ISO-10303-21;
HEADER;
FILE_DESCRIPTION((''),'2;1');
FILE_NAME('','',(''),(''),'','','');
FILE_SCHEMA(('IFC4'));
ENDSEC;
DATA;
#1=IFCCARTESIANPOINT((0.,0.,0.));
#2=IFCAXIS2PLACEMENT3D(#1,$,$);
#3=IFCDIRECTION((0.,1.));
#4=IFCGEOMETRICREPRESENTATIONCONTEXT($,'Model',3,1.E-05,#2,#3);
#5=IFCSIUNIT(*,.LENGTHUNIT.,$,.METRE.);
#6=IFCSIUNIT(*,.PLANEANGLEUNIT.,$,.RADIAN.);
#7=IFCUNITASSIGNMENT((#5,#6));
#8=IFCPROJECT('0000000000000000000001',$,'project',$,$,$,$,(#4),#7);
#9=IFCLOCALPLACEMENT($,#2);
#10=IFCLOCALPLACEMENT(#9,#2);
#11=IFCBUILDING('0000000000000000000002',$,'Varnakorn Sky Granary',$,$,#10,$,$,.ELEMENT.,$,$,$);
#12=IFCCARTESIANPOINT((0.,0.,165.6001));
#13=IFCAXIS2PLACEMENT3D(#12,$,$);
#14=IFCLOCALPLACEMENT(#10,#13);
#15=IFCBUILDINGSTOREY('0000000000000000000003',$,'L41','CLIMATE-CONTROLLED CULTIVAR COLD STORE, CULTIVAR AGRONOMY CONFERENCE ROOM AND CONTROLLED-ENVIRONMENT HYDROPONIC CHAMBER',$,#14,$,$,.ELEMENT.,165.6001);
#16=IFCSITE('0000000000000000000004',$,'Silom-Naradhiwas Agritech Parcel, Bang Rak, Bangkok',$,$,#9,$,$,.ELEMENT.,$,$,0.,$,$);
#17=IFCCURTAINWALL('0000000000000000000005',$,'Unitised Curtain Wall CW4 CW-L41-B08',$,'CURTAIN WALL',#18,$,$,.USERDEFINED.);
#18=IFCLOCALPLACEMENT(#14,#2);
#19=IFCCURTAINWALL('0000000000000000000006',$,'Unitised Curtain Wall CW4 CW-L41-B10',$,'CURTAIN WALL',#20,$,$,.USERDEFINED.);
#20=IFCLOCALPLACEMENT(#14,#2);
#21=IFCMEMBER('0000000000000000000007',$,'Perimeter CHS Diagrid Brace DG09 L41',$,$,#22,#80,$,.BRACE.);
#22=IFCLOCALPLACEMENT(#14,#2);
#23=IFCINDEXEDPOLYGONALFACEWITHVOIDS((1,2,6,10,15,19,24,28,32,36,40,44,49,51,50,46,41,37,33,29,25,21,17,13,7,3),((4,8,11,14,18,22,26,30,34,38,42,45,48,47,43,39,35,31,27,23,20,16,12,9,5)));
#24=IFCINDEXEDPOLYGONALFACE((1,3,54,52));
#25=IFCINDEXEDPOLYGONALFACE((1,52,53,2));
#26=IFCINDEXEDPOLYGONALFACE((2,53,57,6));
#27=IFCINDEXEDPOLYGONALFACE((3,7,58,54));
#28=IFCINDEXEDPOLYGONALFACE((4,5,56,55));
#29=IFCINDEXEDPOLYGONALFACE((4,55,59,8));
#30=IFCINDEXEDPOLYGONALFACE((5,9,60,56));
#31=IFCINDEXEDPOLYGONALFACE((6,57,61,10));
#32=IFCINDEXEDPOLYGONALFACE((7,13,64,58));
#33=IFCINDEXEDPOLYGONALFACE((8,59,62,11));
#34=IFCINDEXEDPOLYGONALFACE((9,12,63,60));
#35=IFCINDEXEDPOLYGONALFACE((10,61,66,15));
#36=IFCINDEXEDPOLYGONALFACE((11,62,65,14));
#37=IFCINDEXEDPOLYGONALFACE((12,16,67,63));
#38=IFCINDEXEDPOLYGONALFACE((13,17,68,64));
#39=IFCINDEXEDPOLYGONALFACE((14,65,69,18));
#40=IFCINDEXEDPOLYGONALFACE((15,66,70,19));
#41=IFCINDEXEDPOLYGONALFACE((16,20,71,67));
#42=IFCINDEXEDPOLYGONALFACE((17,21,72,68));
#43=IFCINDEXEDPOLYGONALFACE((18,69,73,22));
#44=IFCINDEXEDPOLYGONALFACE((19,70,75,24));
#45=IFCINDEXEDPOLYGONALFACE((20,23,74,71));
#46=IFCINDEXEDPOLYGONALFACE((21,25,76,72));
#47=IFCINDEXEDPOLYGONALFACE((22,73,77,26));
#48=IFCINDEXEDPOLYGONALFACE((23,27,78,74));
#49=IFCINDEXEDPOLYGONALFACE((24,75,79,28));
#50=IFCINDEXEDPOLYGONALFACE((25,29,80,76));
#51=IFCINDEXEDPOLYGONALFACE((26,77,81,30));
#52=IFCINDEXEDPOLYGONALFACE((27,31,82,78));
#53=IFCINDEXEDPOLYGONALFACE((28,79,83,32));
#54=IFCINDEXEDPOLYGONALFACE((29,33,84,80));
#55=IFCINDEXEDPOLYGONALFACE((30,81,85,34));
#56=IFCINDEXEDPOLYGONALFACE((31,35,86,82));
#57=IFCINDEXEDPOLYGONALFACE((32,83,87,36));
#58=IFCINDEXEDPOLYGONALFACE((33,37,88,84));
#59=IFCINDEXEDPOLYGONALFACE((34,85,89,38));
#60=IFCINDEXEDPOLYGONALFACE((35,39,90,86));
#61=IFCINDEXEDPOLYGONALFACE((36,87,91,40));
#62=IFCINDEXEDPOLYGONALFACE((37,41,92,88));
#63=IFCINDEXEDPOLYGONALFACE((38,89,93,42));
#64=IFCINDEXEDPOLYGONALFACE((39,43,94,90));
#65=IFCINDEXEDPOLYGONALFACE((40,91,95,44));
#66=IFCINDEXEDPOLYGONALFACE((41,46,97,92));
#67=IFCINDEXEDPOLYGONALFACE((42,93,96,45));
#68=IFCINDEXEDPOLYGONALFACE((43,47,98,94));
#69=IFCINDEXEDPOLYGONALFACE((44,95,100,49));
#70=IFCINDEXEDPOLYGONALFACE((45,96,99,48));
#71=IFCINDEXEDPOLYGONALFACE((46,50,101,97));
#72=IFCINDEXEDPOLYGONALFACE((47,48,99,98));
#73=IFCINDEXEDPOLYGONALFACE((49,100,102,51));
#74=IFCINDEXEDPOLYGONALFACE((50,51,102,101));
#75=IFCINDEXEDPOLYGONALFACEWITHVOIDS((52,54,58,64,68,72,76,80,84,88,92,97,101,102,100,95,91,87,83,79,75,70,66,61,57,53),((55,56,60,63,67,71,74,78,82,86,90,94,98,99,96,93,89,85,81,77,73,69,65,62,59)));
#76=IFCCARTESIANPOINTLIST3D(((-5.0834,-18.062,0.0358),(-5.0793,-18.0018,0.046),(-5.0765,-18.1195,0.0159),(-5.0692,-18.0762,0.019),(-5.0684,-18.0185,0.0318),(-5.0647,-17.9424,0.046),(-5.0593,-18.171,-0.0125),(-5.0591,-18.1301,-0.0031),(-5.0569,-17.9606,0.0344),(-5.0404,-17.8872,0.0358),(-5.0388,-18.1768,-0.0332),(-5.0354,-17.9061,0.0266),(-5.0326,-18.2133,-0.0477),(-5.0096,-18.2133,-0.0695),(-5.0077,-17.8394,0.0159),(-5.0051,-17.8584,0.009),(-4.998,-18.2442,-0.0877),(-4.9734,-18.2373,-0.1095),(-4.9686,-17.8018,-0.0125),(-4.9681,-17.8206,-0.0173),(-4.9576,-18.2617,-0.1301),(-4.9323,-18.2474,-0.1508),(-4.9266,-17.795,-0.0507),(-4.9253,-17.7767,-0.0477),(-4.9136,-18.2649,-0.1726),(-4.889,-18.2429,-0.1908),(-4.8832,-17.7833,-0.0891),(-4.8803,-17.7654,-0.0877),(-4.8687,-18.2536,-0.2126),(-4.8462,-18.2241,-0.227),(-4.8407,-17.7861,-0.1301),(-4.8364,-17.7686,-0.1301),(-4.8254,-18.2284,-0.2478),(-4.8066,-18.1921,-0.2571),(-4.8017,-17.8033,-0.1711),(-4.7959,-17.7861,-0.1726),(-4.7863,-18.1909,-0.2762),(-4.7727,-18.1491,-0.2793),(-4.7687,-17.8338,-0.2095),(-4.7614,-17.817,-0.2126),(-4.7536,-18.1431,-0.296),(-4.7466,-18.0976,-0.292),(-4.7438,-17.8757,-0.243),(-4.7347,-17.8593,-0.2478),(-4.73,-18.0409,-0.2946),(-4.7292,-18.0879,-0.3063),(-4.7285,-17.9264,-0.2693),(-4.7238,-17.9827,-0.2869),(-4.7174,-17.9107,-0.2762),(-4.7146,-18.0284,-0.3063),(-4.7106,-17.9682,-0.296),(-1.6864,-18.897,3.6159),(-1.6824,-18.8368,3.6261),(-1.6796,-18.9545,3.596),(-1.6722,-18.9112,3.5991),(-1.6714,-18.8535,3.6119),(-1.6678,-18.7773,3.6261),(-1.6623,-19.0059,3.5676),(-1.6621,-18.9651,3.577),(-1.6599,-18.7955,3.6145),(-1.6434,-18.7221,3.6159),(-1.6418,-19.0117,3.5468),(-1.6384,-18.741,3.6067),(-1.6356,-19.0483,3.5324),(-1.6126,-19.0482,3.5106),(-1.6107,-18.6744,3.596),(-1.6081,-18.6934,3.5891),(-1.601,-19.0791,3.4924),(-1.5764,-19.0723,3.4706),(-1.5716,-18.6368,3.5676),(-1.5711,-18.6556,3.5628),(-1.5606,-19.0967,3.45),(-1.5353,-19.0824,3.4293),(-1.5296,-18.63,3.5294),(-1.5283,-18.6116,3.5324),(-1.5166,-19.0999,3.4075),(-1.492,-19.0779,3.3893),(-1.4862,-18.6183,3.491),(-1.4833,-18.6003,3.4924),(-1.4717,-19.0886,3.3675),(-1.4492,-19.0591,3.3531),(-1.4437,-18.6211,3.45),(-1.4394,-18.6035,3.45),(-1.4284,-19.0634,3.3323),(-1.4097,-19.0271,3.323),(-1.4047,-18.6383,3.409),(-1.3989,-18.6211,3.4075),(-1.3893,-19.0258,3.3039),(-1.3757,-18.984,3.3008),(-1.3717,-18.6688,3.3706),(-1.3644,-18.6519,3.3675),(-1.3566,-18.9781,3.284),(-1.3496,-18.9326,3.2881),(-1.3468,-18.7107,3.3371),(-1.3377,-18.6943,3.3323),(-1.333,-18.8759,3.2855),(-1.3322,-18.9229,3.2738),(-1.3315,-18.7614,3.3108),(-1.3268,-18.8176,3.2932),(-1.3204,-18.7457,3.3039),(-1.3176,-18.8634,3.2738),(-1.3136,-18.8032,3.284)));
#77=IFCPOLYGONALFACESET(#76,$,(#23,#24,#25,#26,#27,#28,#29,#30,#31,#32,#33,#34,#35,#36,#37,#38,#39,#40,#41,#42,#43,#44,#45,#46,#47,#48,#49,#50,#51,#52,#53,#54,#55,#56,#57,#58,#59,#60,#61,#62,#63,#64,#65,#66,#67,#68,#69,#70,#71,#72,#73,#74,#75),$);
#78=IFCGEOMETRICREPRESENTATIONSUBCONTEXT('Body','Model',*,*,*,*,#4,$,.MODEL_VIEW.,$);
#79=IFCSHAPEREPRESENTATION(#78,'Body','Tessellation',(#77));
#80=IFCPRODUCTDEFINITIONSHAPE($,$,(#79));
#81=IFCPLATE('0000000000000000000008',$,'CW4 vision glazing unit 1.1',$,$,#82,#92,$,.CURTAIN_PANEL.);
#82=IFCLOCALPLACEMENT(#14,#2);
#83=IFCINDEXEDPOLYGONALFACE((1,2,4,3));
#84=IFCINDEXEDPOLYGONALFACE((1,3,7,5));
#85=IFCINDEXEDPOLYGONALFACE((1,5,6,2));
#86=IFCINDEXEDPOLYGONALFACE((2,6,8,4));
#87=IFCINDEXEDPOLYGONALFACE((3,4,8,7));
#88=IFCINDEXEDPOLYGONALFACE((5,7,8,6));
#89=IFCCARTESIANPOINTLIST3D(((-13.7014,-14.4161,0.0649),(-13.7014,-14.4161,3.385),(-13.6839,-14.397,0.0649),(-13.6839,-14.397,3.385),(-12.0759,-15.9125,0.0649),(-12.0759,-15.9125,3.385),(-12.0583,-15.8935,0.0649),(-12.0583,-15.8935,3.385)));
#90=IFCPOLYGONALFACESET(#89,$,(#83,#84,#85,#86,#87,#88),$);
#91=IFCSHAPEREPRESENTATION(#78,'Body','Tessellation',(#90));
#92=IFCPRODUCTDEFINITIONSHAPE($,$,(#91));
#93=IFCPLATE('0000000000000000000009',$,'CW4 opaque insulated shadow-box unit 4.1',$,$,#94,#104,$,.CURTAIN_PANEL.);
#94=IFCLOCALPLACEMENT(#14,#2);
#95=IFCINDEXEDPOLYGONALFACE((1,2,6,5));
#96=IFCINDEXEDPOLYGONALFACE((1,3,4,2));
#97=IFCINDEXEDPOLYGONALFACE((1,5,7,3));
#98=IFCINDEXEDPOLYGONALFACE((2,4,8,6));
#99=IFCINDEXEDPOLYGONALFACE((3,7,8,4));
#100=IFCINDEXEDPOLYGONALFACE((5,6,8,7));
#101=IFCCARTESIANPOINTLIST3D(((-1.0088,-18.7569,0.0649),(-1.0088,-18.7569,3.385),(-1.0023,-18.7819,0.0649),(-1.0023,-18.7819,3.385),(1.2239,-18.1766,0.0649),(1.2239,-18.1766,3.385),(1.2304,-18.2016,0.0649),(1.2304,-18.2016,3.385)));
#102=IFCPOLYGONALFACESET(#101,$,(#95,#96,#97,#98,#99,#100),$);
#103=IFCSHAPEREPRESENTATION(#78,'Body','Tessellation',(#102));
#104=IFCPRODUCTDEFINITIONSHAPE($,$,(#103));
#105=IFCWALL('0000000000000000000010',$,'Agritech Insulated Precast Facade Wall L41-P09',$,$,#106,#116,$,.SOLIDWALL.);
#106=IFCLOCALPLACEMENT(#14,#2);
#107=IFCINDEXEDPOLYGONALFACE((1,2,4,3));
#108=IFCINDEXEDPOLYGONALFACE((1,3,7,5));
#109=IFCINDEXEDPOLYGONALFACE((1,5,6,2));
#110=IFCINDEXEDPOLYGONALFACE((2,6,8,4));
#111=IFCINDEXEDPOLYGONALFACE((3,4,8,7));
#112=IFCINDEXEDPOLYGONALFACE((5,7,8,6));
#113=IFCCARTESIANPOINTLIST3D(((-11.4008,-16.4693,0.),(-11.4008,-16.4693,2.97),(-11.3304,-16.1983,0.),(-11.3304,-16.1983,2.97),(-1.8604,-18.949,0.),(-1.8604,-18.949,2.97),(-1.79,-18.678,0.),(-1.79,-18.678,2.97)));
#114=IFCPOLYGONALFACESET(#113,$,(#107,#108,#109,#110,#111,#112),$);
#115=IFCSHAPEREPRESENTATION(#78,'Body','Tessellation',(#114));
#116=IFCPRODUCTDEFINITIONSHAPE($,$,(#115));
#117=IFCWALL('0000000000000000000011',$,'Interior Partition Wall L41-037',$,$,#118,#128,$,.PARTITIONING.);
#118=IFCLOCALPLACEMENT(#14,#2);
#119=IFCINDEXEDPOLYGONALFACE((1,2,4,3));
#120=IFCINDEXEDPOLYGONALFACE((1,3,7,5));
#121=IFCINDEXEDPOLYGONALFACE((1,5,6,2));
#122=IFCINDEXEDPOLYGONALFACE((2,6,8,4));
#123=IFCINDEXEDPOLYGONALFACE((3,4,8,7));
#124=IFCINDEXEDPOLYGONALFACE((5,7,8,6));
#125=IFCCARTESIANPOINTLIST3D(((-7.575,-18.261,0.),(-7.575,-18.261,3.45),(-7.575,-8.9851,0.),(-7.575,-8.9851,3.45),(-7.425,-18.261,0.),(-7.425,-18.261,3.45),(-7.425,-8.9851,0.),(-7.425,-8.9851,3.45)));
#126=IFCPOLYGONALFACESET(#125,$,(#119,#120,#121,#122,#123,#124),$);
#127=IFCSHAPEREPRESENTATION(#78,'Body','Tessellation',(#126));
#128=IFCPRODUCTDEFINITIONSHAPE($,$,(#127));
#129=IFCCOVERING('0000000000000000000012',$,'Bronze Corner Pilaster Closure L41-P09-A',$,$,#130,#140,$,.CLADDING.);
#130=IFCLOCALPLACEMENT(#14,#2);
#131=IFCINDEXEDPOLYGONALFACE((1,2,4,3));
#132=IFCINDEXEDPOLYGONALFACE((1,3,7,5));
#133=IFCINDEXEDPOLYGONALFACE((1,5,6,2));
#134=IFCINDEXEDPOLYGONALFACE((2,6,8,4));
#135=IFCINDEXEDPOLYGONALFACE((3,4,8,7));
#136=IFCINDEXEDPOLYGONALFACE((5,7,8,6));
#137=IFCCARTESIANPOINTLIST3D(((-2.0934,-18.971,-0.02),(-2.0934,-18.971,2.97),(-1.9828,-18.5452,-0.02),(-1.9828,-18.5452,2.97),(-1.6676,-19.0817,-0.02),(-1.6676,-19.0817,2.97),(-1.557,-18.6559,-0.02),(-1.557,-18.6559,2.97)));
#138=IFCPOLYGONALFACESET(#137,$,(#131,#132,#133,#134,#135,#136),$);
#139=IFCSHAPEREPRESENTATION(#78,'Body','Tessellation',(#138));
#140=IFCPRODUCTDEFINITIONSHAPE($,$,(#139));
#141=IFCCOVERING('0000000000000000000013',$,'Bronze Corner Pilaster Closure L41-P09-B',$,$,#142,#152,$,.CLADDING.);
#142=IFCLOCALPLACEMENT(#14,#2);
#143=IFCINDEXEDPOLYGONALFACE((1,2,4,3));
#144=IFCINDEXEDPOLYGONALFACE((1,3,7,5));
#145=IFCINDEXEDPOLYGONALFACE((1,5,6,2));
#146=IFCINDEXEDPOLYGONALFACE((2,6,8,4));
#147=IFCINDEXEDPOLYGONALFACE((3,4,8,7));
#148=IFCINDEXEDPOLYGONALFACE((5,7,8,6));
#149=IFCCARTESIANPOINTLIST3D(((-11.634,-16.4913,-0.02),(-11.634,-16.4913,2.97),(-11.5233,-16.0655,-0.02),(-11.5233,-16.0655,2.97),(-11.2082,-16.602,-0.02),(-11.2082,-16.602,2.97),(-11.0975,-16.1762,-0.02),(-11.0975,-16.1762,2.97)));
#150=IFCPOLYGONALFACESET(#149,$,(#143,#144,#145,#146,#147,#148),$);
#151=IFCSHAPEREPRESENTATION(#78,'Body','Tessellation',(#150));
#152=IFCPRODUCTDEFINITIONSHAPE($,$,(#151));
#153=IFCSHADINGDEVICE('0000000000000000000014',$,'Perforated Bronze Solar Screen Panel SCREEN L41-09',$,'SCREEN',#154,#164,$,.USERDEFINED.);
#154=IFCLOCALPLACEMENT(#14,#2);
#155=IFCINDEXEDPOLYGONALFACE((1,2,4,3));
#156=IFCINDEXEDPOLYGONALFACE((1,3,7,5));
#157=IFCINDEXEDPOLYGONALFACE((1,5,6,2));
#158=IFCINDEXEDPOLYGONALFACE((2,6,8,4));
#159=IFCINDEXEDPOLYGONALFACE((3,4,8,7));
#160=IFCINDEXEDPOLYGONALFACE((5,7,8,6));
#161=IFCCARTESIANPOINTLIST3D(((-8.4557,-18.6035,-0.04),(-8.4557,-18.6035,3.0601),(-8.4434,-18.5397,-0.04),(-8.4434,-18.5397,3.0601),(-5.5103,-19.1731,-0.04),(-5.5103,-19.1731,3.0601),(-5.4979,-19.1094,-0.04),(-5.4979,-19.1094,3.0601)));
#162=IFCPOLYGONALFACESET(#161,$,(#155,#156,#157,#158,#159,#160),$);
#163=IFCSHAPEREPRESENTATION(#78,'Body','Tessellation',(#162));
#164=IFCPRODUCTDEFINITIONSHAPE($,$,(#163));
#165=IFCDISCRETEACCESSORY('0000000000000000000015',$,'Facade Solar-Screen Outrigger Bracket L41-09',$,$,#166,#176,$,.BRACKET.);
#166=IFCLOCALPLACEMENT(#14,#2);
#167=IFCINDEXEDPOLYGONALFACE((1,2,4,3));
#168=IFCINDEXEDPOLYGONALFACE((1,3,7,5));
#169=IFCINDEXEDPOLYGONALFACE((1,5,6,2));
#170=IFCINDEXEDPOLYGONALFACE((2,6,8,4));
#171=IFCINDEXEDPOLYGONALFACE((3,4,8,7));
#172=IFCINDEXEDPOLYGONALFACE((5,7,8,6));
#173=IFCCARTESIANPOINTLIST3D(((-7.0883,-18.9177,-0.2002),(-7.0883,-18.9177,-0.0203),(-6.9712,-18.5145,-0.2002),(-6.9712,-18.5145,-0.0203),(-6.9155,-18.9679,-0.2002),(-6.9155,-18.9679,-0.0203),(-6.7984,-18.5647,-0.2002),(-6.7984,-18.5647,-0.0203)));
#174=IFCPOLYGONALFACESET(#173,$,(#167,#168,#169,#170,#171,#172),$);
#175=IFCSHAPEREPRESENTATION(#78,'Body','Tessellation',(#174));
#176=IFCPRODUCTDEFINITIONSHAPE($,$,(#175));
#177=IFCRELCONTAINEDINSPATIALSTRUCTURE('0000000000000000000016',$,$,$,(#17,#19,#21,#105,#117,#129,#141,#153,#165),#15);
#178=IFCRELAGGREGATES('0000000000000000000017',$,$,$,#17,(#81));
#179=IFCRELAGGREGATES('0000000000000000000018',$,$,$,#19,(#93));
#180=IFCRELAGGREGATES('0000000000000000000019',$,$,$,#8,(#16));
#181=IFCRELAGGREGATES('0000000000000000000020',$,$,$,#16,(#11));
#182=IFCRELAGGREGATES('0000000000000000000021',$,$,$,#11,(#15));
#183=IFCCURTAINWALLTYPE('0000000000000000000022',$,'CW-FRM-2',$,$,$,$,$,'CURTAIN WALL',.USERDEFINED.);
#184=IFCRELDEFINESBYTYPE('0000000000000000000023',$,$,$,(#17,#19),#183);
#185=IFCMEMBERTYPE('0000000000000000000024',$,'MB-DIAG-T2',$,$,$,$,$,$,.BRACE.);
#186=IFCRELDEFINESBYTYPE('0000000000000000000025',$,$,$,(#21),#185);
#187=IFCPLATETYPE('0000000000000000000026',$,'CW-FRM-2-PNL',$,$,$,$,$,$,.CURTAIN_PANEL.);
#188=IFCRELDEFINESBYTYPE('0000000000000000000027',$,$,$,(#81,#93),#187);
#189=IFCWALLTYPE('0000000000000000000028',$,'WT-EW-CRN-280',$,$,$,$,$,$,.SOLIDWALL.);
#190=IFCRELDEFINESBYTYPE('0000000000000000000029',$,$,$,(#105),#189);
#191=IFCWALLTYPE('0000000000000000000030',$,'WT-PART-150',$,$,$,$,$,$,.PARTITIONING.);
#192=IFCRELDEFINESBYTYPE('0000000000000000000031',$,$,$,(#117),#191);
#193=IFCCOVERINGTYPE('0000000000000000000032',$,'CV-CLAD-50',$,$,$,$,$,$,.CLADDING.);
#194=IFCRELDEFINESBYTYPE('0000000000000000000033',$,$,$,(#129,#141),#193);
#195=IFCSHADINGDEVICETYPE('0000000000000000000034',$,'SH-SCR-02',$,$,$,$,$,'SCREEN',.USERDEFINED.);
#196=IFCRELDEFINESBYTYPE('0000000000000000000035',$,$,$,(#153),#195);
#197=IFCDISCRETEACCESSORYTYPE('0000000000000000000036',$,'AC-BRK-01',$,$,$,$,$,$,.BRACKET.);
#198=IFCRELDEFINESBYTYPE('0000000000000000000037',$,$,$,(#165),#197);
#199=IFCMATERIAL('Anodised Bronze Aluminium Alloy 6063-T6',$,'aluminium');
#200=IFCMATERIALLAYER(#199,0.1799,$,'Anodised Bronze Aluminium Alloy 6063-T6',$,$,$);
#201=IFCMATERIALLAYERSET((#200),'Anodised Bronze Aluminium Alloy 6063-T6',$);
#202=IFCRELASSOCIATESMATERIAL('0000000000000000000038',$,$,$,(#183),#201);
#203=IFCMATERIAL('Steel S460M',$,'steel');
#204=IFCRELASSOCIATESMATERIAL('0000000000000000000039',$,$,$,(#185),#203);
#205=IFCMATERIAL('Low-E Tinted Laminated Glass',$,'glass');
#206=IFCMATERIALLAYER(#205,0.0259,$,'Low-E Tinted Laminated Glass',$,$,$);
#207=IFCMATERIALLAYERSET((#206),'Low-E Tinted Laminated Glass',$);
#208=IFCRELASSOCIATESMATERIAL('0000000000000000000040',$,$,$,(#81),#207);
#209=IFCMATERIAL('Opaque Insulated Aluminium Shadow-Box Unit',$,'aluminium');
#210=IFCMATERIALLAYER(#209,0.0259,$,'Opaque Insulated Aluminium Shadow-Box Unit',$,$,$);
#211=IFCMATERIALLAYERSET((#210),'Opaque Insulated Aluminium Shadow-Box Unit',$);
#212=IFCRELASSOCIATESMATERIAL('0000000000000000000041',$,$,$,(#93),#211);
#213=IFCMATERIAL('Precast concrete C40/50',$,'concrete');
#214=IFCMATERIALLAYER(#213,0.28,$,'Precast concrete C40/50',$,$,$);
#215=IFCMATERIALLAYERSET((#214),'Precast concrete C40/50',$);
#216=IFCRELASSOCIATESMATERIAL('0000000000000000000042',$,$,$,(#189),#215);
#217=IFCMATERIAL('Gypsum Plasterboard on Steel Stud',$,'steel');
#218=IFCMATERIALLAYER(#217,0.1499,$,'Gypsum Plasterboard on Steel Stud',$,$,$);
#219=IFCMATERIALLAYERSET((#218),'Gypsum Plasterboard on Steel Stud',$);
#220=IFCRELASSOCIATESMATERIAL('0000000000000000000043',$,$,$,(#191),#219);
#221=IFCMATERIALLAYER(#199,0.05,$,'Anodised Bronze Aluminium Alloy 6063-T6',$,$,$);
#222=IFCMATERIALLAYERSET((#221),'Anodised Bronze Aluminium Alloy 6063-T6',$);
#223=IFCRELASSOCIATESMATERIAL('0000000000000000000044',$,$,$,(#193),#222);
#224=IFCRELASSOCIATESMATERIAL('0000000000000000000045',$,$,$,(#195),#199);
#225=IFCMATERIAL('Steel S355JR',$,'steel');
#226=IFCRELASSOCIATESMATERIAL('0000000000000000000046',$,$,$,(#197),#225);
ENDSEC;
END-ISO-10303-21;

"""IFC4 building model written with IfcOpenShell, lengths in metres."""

from ifc_helpers import new_model, si_unit, direction, frame, frame_2d, origin, origin_2d, place, context, subcontext, project, spatial, rectangle, hollow_circle, extrude, source, transform, mapped, material, layer, layer_set, material_profile, profile_set, type_object, type_shapes, element, aggregate, save


model = new_model("IFC4")

# Units and contexts
model_context = context("Model", 3, precision=1e-05, world=origin(), true_north=direction((0.0, 1.0)))
body_context = subcontext(model_context, "Body", "Model", "MODEL_VIEW")
ifc_project = project(units=[si_unit("LENGTHUNIT", "METRE"), si_unit("PLANEANGLEUNIT", "RADIAN")], contexts=[model_context])

# Site, building, storey
site_placement = place(None, origin())
site = spatial("IfcSite", under=ifc_project, at=site_placement, Name="Silom-Naradhiwas Agritech Parcel, Bang Rak, Bangkok", CompositionType="ELEMENT", RefElevation=0.0)
building_placement = place(site_placement, origin())
building = spatial("IfcBuilding", under=site, at=building_placement, Name="Varnakorn Sky Granary", CompositionType="ELEMENT")
storey_placement = place(building_placement, frame((0.0, 0.0, 165.6001)))
storey = spatial("IfcBuildingStorey", under=building, at=storey_placement, Name="L41", Description="CLIMATE-CONTROLLED CULTIVAR COLD STORE, CULTIVAR AGRONOMY CONFERENCE ROOM AND CONTROLLED-ENVIRONMENT HYDROPONIC CHAMBER", CompositionType="ELEMENT", Elevation=165.6001)

# Shared definitions
ifc_material_1 = material(Name="Steel S460M", Category="steel")

# Shared definitions
ifc_material_2 = material(Name="Steel S355JR", Category="steel")

# Curtain wall
ifc_material_3 = material(Name="Anodised Bronze Aluminium Alloy 6063-T6", Category="aluminium")
ifc_layer_1 = layer(ifc_material_3, 0.1799, Name="Anodised Bronze Aluminium Alloy 6063-T6")
ifc_layer_set_1 = layer_set([ifc_layer_1], Name="Anodised Bronze Aluminium Alloy 6063-T6")
curtain_wall_type = type_object("IfcCurtainWallType", Name="CW-FRM-2", ElementType="CURTAIN WALL", PredefinedType="USERDEFINED", material=ifc_layer_set_1)
curtain_wall_1_placement = place(storey_placement, origin())
curtain_wall_1 = element("IfcCurtainWall", 1, at=curtain_wall_1_placement, inside=storey, type_object=curtain_wall_type, Name="Unitised Curtain Wall CW4 CW-L41-B08", ObjectType="CURTAIN WALL", PredefinedType="USERDEFINED")

# Curtain wall
curtain_wall_2_placement = place(storey_placement, origin())
curtain_wall_2 = element("IfcCurtainWall", 2, at=curtain_wall_2_placement, inside=storey, type_object=curtain_wall_type, Name="Unitised Curtain Wall CW4 CW-L41-B10", ObjectType="CURTAIN WALL", PredefinedType="USERDEFINED")

# Member
ifc_material_profile_1 = material_profile(ifc_material_1, hollow_circle(Radius=0.2539, WallThickness=0.0181, at=origin_2d()), Name="CHS 508x18")
ifc_profile_set_1 = profile_set([ifc_material_profile_1], Name="Steel S460M")
member_type_1 = type_object("IfcMemberType", Name="MB-DIAG-T2", PredefinedType="BRACE", material=ifc_profile_set_1)
member_1_placement = place(storey_placement, frame((-4.897, -18.0151, -0.1301), z_axis=(0.678668, -0.166814, 0.71525), x_axis=(0.238691, 0.971096, 0.0)))
element("IfcMember", 3, at=member_1_placement, inside=storey, type_object=member_type_1, Name="Perimeter CHS Diagrid Brace DG09 L41", PredefinedType="BRACE", context=body_context, shape_type="SweptSolid", body=[
    extrude(hollow_circle(Radius=0.2539, WallThickness=0.0181, at=origin_2d()), origin(), (0.0, 0.0, 1.0), 5.0054),
])

# Plates
ifc_material_4 = material(Name="Low-E Tinted Laminated Glass", Category="glass")
ifc_layer_2 = layer(ifc_material_4, 0.0259, Name="Low-E Tinted Laminated Glass")
ifc_layer_set_2 = layer_set([ifc_layer_2], Name="Low-E Tinted Laminated Glass")
plate_type = type_object("IfcPlateType", Name="CW-FRM-2-PNL", PredefinedType="CURTAIN_PANEL")
shared_shape_1 = source(origin(), body_context, "Body", "SweptSolid", [
    extrude(rectangle(XDim=2.2095, YDim=0.0259, at=origin_2d()), origin(), (0.0, 0.0, 1.0), 3.3201),
])
plate_1_placement = place(storey_placement, frame((-12.8799, -15.1548, 0.0649), z_axis=(0.0, 0.0, 1.0), x_axis=(-0.735721, 0.677285, 0.0)))
plate_1 = element("IfcPlate", 4, at=plate_1_placement, type_object=plate_type, material=ifc_layer_set_2, Name="CW4 vision glazing unit 1.1", PredefinedType="CURTAIN_PANEL", context=body_context, shape_type="MappedRepresentation", body=[
    mapped(shared_shape_1, transform((0.0, 0.0, 0.0), x_axis=(1.0, 0.0, 0.0), y_axis=(0.0, 1.0, 0.0), z_axis=(0.0, 0.0, 1.0), scale=1.0)),
])
aggregate(curtain_wall_1, [plate_1])
ifc_material_5 = material(Name="Opaque Insulated Aluminium Shadow-Box Unit", Category="aluminium")
ifc_layer_3 = layer(ifc_material_5, 0.0259, Name="Opaque Insulated Aluminium Shadow-Box Unit")
ifc_layer_set_3 = layer_set([ifc_layer_3], Name="Opaque Insulated Aluminium Shadow-Box Unit")
shared_shape_2 = source(origin(), body_context, "Body", "SweptSolid", [
    extrude(rectangle(XDim=2.3069, YDim=0.0259, at=origin_2d()), origin(), (0.0, 0.0, 1.0), 3.3201),
])
type_shapes(plate_type, [shared_shape_1, shared_shape_2])
plate_2_placement = place(storey_placement, frame((0.1108, -18.4792, 0.0649), z_axis=(0.0, 0.0, 1.0), x_axis=(-0.967841, -0.251564, 0.0)))
plate_2 = element("IfcPlate", 5, at=plate_2_placement, type_object=plate_type, material=ifc_layer_set_3, Name="CW4 opaque insulated shadow-box unit 4.1", PredefinedType="CURTAIN_PANEL", context=body_context, shape_type="MappedRepresentation", body=[
    mapped(shared_shape_2, transform((0.0, 0.0, 0.0), x_axis=(1.0, 0.0, 0.0), y_axis=(0.0, 1.0, 0.0), z_axis=(0.0, 0.0, 1.0), scale=1.0)),
])
aggregate(curtain_wall_2, [plate_2])

# Walls
ifc_material_6 = material(Name="Precast concrete C40/50", Category="concrete")
ifc_layer_4 = layer(ifc_material_6, 0.28, Name="Precast concrete C40/50")
ifc_layer_set_4 = layer_set([ifc_layer_4], Name="Precast concrete C40/50")
wall_type_1 = type_object("IfcWallType", Name="WT-EW-CRN-280", PredefinedType="SOLIDWALL", material=ifc_layer_set_4)
wall_1_placement = place(storey_placement, frame((-1.8252, -18.8135, 0.0), z_axis=(0.0, 0.0, 1.0), x_axis=(-0.967842, 0.251558, 0.0)))
element("IfcWall", 6, at=wall_1_placement, inside=storey, type_object=wall_type_1, Name="Agritech Insulated Precast Facade Wall L41-P09", PredefinedType="SOLIDWALL", context=body_context, shape_type="SweptSolid", body=[
    extrude(rectangle(XDim=9.8574, YDim=0.28, at=frame_2d((4.9287, 0.0))), origin(), (0.0, 0.0, 1.0), 2.97),
])
ifc_material_7 = material(Name="Gypsum Plasterboard on Steel Stud", Category="steel")
ifc_layer_5 = layer(ifc_material_7, 0.1499, Name="Gypsum Plasterboard on Steel Stud")
ifc_layer_set_5 = layer_set([ifc_layer_5], Name="Gypsum Plasterboard on Steel Stud")
wall_type_2 = type_object("IfcWallType", Name="WT-PART-150", PredefinedType="PARTITIONING", material=ifc_layer_set_5)
wall_2_placement = place(storey_placement, frame((-7.5, -8.9851, 0.0), z_axis=(0.0, 0.0, 1.0), x_axis=(0.0, -1.0, 0.0)))
element("IfcWall", 7, at=wall_2_placement, inside=storey, type_object=wall_type_2, Name="Interior Partition Wall L41-037", PredefinedType="PARTITIONING", context=body_context, shape_type="SweptSolid", body=[
    extrude(rectangle(XDim=9.2759, YDim=0.1499, at=frame_2d((4.6379, 0.0))), origin(), (0.0, 0.0, 1.0), 3.45),
])

# Coverings
ifc_layer_6 = layer(ifc_material_3, 0.05, Name="Anodised Bronze Aluminium Alloy 6063-T6")
ifc_layer_set_6 = layer_set([ifc_layer_6], Name="Anodised Bronze Aluminium Alloy 6063-T6")
covering_type = type_object("IfcCoveringType", Name="CV-CLAD-50", PredefinedType="CLADDING", material=ifc_layer_set_6)
shared_shape_3 = source(origin(), body_context, "Body", "SweptSolid", [
    extrude(rectangle(XDim=0.4399, YDim=0.4399, at=origin_2d()), origin(), (0.0, 0.0, 1.0), 2.99),
])
type_shapes(covering_type, [shared_shape_3])
for number, where, z_axis, x_axis, name in (
    (8, (-1.8252, -18.8135, -0.02), (0.0, 0.0, 1.0), (-0.967841, 0.251563, 0.0), "Bronze Corner Pilaster Closure L41-P09-A"),
    (9, (-11.3657, -16.3337, -0.02), (0.0, 0.0, 1.0), (-0.967841, 0.251563, 0.0), "Bronze Corner Pilaster Closure L41-P09-B"),
):
    element("IfcCovering", number, at=place(storey_placement, frame(where, z_axis=z_axis, x_axis=x_axis)), inside=storey, type_object=covering_type, Name=name, PredefinedType="CLADDING", context=body_context, shape_type="MappedRepresentation", body=[
        mapped(shared_shape_3, transform((0.0, 0.0, 0.0), x_axis=(1.0, 0.0, 0.0), y_axis=(0.0, 1.0, 0.0), z_axis=(0.0, 0.0, 1.0), scale=1.0)),
    ])

# Shading device
shading_device_type = type_object("IfcShadingDeviceType", Name="SH-SCR-02", ElementType="SCREEN", PredefinedType="USERDEFINED", material=ifc_material_3)
shared_shape_4 = source(origin(), body_context, "Body", "SweptSolid", [
    extrude(rectangle(XDim=3.0, YDim=0.0649, at=origin_2d()), origin(), (0.0, 0.0, 1.0), 3.1001),
])
type_shapes(shading_device_type, [shared_shape_4])
shading_device_placement = place(storey_placement, frame((-6.9768, -18.8564, -0.04), z_axis=(0.0, 0.0, 1.0), x_axis=(0.981808, -0.189878, 0.0)))
element("IfcShadingDevice", 10, at=shading_device_placement, inside=storey, type_object=shading_device_type, Name="Perforated Bronze Solar Screen Panel SCREEN L41-09", ObjectType="SCREEN", PredefinedType="USERDEFINED", context=body_context, shape_type="MappedRepresentation", body=[
    mapped(shared_shape_4, transform((0.0, 0.0, 0.0), x_axis=(1.0, 0.0, 0.0), y_axis=(0.0, 1.0, 0.0), z_axis=(0.0, 0.0, 1.0), scale=1.0)),
])

# Discrete accessory
discrete_accessory_type = type_object("IfcDiscreteAccessoryType", Name="AC-BRK-01", PredefinedType="BRACKET", material=ifc_material_2)
shared_shape_5 = source(origin(), body_context, "Body", "SweptSolid", [
    extrude(rectangle(XDim=0.1799, YDim=0.4199, at=origin_2d()), origin(), (0.0, 0.0, 1.0), 0.1799),
])
type_shapes(discrete_accessory_type, [shared_shape_5])
discrete_accessory_placement = place(storey_placement, frame((-6.9434, -18.7412, -0.2002), z_axis=(0.0, 0.0, 1.0), x_axis=(0.960315, -0.278919, 0.0)))
element("IfcDiscreteAccessory", 11, at=discrete_accessory_placement, inside=storey, type_object=discrete_accessory_type, Name="Facade Solar-Screen Outrigger Bracket L41-09", PredefinedType="BRACKET", context=body_context, shape_type="MappedRepresentation", body=[
    mapped(shared_shape_5, transform((0.0, 0.0, 0.0), x_axis=(1.0, 0.0, 0.0), y_axis=(0.0, 1.0, 0.0), z_axis=(0.0, 0.0, 1.0), scale=1.0)),
])

save(model, "model.ifc")
